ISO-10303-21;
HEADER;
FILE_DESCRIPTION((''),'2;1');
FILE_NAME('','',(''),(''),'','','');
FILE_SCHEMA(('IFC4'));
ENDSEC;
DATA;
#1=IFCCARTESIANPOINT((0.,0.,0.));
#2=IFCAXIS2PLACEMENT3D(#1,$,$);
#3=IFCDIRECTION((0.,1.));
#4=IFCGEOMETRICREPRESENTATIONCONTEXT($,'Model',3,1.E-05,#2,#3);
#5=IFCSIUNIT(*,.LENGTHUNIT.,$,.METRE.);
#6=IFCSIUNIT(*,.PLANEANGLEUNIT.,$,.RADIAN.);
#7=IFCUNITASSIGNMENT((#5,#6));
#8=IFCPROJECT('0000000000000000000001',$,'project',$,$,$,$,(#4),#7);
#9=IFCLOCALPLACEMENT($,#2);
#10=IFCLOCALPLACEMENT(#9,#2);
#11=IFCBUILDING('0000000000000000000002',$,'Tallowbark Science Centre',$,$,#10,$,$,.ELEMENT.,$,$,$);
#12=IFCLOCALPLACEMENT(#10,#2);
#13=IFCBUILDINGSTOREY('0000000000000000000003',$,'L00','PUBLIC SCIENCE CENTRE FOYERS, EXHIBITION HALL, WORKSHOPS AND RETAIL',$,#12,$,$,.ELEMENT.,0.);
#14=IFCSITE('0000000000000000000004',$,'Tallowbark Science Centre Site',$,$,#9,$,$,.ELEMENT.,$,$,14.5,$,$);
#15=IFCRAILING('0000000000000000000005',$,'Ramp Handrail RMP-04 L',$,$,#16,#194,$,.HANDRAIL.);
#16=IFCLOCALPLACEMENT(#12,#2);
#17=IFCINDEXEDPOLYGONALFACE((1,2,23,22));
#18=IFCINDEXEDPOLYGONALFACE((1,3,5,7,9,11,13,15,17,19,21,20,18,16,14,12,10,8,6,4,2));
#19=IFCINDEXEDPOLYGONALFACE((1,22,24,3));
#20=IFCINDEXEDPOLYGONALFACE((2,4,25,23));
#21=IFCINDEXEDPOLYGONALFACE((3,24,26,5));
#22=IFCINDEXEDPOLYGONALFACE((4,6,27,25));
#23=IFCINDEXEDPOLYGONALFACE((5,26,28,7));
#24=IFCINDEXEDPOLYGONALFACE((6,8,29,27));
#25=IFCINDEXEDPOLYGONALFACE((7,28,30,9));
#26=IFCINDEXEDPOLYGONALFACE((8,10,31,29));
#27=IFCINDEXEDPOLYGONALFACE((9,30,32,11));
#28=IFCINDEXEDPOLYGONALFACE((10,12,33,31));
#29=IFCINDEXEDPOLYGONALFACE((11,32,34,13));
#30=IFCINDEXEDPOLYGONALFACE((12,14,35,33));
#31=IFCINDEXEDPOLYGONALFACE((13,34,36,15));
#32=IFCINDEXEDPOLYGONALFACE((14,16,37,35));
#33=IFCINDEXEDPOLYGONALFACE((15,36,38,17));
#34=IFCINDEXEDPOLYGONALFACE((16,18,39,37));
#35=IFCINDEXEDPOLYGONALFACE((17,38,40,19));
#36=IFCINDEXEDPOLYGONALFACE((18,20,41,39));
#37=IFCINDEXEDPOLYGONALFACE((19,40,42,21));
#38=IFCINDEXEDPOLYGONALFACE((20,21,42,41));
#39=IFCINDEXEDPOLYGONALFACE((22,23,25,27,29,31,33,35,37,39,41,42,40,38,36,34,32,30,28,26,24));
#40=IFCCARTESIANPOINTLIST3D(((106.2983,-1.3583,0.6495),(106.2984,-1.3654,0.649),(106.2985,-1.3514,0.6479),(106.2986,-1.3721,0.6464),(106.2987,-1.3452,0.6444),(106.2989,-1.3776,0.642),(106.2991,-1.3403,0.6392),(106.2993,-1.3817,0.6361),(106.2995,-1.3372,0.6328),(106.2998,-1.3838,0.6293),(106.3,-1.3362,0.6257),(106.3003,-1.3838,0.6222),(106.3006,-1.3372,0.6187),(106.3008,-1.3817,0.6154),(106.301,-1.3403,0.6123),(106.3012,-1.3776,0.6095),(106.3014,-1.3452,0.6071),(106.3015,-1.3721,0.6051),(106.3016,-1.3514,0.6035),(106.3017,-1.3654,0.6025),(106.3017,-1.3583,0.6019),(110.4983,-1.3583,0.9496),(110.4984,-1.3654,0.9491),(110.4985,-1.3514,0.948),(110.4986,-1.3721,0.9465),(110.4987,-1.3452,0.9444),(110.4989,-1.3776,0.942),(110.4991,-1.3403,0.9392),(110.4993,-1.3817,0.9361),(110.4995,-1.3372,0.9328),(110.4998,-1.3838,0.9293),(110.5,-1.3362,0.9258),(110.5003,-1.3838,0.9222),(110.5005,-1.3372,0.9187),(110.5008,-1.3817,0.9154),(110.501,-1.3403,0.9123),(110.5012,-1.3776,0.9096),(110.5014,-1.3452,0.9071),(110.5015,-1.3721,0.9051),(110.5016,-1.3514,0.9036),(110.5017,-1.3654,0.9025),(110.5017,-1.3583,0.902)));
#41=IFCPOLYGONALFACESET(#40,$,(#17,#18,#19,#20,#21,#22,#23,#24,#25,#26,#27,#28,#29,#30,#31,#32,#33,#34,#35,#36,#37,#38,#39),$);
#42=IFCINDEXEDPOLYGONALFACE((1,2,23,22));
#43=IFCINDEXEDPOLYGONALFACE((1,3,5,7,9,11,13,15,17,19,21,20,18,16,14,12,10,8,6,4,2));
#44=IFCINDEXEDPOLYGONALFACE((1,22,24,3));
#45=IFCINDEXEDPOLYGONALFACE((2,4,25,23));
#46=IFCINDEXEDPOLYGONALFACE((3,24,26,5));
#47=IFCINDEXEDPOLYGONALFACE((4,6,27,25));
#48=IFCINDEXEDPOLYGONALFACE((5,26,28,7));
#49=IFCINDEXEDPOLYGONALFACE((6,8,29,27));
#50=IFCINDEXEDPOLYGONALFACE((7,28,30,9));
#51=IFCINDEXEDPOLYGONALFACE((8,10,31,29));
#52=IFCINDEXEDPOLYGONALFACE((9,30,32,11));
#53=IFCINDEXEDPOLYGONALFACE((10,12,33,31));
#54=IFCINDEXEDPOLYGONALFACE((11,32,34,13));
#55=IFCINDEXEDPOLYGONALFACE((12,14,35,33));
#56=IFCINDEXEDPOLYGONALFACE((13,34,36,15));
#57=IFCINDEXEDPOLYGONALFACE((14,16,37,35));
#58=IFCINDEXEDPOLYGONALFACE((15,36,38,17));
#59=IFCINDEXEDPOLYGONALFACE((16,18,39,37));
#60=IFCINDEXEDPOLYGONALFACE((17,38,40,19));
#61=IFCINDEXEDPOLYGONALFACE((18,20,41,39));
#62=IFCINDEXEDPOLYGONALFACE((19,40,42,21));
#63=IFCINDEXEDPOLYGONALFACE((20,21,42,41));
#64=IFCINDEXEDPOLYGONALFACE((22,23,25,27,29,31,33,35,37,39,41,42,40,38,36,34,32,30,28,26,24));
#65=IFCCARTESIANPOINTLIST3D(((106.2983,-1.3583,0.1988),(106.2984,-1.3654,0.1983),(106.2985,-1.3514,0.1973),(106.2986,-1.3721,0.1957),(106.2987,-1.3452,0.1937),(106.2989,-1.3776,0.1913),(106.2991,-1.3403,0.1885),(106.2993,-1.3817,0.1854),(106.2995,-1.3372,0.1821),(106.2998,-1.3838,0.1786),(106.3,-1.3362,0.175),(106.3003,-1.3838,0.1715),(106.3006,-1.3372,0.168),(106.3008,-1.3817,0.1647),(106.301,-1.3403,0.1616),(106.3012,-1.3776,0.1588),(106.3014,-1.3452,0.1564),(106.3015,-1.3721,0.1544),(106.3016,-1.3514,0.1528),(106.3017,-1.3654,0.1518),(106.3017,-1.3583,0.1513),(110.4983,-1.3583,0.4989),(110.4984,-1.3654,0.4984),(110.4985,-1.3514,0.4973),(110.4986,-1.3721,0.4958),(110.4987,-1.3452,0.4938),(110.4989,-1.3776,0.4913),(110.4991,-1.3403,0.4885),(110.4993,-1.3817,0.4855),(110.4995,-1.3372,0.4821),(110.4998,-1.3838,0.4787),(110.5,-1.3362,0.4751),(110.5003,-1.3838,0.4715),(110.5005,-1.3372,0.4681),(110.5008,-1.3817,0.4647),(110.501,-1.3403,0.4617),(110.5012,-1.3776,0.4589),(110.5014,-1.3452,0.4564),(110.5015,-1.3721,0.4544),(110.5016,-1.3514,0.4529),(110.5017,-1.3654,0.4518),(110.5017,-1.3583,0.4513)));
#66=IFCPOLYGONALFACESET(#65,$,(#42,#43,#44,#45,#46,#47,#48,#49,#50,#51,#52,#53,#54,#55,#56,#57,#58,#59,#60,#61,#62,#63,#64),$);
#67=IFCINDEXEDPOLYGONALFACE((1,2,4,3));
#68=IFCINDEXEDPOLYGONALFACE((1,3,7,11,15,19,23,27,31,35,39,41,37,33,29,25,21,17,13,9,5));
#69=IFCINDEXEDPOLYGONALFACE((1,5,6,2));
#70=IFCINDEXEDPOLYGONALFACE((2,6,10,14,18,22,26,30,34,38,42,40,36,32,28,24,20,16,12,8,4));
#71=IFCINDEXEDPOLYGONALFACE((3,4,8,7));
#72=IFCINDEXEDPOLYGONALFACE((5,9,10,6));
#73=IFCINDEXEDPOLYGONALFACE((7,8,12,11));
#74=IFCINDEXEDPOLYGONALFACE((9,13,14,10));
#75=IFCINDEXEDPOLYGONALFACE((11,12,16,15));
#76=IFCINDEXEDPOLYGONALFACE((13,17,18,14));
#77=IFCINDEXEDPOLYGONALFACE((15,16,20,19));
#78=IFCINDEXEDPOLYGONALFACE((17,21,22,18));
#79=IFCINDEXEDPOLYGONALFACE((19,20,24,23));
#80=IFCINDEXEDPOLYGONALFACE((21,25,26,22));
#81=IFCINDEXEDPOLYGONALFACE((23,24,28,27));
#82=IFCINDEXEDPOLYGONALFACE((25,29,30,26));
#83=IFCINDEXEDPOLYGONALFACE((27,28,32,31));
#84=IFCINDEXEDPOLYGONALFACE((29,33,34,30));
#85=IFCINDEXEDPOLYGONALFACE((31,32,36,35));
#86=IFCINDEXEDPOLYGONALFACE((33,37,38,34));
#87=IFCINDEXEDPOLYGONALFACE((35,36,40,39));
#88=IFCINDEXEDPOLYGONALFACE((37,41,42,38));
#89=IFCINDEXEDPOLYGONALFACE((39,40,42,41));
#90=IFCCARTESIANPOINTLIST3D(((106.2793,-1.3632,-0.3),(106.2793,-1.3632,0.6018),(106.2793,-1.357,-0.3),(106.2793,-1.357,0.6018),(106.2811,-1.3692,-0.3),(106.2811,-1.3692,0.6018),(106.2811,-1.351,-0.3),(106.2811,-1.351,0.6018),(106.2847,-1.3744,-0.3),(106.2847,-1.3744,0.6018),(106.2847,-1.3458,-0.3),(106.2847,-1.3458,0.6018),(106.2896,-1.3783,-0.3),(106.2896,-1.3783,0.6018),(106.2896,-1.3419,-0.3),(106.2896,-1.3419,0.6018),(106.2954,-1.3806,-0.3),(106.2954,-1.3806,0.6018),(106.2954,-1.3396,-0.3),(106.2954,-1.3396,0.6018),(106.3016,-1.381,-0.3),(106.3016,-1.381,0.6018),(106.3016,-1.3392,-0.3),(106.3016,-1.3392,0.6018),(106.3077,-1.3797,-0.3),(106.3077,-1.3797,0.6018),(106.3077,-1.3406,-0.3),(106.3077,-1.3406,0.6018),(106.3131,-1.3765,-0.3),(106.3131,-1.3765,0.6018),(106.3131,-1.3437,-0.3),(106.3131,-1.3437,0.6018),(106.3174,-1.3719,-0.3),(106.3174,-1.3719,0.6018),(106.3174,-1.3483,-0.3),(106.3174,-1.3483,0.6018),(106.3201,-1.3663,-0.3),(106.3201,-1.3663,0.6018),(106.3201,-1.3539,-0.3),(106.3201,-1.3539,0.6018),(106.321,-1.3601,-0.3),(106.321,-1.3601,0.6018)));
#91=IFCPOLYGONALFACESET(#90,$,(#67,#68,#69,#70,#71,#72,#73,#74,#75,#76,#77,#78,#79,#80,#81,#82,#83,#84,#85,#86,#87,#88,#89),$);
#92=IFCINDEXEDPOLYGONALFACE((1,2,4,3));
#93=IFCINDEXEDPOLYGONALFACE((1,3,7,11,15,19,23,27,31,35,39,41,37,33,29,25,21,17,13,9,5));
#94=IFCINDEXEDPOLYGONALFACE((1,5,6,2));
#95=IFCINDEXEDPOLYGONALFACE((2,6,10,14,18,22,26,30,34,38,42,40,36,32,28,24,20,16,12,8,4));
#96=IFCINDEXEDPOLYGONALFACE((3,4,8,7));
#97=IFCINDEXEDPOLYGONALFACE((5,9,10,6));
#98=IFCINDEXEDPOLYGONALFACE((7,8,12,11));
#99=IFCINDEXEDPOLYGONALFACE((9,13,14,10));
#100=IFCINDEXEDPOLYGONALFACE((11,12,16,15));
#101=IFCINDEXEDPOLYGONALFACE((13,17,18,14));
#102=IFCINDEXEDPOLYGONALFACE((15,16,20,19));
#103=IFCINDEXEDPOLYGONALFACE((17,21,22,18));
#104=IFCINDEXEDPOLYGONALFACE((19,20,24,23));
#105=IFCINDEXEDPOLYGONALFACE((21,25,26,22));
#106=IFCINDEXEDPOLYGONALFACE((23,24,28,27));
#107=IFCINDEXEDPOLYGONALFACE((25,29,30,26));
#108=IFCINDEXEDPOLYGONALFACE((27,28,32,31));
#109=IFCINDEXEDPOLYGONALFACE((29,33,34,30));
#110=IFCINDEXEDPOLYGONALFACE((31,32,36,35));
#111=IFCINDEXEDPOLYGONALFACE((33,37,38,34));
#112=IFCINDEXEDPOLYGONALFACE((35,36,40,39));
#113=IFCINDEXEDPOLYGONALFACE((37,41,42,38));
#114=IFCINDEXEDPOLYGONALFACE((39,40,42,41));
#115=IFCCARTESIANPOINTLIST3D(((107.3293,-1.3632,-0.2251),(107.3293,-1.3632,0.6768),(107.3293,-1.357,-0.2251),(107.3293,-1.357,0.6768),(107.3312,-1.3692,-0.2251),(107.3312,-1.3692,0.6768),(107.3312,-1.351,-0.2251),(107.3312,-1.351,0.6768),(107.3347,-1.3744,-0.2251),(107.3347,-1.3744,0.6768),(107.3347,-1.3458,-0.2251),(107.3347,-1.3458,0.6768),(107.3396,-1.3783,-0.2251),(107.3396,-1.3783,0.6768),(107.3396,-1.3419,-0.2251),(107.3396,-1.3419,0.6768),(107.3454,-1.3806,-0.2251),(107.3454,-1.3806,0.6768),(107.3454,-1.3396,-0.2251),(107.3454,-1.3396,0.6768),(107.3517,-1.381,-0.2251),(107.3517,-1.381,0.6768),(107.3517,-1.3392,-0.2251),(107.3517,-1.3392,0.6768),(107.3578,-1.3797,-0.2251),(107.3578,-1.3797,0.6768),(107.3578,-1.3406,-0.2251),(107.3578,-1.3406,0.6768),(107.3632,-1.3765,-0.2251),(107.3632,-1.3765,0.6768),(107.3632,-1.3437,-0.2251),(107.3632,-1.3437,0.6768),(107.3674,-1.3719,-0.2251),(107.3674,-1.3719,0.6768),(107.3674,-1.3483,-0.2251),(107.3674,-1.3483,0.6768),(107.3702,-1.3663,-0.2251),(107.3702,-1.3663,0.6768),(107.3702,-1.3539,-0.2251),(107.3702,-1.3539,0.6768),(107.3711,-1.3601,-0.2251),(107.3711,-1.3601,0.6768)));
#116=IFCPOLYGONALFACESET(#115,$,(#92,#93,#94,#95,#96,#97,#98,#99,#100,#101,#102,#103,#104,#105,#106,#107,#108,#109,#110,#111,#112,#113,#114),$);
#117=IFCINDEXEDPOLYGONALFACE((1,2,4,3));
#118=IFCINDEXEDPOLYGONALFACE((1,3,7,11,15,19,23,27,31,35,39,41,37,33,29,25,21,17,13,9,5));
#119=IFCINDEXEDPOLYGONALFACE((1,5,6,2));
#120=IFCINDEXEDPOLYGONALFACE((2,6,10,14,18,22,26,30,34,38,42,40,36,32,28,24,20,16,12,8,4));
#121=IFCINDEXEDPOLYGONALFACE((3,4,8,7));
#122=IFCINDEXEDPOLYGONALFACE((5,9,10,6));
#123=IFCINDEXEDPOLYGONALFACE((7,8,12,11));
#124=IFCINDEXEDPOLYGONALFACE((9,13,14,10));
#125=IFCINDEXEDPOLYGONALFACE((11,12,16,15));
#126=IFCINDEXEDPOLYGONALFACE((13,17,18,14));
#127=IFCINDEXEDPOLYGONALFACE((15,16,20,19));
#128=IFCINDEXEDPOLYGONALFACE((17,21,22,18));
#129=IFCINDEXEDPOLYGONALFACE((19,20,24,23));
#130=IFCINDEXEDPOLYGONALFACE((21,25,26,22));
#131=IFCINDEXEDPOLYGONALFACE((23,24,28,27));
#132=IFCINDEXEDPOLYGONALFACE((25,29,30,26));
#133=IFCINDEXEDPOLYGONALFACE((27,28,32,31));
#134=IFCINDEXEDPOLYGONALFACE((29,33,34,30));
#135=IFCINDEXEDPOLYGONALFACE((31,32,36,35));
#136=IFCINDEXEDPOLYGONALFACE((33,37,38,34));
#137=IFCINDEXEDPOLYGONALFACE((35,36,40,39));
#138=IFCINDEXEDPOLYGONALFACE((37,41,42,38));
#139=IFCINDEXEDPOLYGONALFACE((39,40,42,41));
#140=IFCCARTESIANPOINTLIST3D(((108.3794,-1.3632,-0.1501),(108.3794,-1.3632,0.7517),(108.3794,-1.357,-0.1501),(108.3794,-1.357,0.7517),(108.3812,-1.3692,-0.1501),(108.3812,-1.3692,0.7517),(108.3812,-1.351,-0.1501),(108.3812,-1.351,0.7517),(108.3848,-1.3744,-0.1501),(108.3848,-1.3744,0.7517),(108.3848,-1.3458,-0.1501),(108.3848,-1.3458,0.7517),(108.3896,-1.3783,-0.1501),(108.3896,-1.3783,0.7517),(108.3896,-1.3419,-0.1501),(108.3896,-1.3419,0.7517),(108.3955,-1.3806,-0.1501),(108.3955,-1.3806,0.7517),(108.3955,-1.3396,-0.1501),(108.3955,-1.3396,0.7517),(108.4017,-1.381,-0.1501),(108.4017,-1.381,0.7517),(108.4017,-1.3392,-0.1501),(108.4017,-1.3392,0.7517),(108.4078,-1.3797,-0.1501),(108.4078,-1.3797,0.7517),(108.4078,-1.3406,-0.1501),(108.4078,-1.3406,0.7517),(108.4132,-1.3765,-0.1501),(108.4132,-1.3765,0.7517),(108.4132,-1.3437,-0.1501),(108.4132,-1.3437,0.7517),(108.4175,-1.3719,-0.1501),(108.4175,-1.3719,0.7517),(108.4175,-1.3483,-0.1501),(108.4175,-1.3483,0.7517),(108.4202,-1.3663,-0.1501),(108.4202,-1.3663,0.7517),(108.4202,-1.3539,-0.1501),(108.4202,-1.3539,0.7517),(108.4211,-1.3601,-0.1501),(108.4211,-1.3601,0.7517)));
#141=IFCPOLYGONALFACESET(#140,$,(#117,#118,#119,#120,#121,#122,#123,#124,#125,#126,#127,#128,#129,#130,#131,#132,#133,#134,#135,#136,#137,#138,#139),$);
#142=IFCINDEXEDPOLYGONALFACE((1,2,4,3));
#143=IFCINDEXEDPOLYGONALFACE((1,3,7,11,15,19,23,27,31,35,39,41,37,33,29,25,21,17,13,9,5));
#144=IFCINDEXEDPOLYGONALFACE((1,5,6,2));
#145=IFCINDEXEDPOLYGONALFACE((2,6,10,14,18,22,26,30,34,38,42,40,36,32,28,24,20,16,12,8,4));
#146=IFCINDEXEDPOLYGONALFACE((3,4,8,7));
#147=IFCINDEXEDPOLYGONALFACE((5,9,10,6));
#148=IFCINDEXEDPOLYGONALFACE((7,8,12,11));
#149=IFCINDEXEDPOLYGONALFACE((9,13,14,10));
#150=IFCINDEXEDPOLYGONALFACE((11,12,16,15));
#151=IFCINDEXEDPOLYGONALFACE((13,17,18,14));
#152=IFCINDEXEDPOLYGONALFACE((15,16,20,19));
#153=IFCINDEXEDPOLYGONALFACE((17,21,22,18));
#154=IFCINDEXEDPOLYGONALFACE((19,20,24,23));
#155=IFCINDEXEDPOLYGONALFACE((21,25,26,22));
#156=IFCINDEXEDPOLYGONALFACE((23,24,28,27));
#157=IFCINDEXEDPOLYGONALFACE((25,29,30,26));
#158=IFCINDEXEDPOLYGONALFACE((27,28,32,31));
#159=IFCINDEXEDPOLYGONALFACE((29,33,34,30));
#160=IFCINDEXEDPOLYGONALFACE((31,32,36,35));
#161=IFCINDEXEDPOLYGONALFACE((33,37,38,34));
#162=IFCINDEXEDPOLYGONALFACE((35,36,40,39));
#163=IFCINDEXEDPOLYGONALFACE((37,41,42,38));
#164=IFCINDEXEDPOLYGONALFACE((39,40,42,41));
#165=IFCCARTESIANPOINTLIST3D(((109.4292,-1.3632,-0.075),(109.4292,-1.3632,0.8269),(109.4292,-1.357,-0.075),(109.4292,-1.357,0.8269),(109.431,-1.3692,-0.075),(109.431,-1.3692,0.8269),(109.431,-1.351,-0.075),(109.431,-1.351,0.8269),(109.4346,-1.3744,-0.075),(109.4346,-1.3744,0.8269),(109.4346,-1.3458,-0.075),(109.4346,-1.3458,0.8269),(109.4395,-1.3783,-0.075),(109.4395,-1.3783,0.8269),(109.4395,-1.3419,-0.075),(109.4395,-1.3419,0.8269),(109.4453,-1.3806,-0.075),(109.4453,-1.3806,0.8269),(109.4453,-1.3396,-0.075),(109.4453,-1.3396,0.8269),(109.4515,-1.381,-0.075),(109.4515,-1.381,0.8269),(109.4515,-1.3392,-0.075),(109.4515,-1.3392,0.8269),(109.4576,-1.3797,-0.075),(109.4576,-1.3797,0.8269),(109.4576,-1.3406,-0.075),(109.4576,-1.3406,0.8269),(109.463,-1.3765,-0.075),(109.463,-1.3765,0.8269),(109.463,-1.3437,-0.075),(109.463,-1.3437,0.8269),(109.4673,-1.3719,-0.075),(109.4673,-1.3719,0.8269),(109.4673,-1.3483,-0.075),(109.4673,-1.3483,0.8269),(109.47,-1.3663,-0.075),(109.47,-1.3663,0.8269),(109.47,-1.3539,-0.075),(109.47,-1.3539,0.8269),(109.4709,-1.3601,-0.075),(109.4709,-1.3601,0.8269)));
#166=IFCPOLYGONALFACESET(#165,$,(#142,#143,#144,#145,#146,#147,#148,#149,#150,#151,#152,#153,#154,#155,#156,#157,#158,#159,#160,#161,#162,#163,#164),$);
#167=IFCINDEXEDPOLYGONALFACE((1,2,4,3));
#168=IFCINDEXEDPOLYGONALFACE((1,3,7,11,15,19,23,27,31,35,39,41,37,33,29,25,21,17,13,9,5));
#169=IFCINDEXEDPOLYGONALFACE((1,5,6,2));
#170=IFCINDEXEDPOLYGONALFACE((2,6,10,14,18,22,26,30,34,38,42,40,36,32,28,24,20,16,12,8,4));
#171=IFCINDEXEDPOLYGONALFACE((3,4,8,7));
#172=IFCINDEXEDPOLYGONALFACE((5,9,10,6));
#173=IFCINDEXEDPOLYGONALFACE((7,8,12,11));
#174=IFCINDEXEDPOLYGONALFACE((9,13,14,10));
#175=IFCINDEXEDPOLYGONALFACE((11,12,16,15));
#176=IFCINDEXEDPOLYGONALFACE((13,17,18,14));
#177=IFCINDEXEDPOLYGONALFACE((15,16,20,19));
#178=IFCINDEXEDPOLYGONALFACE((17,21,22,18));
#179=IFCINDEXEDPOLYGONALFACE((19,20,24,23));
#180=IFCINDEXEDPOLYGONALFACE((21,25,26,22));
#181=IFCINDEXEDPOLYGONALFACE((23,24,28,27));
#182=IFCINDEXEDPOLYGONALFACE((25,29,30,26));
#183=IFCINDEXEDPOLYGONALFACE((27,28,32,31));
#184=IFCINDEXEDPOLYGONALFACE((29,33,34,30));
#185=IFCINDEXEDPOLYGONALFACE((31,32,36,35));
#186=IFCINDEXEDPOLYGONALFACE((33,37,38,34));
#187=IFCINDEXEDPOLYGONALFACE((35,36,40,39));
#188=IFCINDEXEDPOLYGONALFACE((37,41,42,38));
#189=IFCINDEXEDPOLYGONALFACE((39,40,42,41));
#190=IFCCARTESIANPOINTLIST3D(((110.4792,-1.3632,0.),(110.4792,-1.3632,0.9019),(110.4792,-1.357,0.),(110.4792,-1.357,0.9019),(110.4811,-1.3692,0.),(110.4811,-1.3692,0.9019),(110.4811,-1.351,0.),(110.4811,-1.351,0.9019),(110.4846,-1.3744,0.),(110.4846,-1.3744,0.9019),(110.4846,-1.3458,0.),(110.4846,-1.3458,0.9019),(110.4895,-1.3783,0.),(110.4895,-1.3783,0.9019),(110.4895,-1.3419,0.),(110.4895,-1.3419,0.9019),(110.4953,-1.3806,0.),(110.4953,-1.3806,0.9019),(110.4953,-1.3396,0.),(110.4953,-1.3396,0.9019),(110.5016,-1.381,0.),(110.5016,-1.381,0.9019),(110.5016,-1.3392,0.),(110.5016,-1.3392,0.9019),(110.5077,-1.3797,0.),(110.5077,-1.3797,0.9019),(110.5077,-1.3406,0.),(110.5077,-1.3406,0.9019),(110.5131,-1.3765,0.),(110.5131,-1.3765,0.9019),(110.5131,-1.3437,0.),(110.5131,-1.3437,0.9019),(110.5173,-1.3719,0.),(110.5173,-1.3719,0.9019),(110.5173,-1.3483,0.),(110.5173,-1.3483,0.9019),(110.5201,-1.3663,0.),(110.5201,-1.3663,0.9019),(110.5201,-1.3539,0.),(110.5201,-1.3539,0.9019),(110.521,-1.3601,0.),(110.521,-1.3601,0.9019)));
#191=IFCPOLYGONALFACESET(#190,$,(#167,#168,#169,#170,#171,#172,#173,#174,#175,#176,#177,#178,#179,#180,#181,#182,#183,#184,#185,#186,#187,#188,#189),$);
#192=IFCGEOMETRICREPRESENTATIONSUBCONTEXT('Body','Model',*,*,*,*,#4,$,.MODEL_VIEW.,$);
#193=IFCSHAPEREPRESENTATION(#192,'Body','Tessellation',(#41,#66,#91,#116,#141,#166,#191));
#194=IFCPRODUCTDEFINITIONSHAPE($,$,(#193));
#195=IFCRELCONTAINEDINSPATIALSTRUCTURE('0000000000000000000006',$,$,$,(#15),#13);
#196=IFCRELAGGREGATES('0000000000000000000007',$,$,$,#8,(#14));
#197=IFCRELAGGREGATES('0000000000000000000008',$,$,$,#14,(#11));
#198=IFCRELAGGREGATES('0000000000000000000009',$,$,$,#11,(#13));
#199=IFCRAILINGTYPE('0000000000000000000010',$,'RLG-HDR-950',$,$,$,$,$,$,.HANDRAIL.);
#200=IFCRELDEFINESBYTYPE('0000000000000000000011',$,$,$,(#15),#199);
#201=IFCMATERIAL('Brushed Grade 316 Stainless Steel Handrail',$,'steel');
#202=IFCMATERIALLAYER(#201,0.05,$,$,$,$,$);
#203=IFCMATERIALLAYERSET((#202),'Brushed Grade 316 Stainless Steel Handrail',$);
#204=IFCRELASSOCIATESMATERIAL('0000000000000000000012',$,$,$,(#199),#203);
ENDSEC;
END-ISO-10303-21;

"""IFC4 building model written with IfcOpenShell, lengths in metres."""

from ifc_helpers import new_model, si_unit, direction, frame, origin, origin_2d, place, context, subcontext, project, spatial, circle, extrude, material, layer, layer_set, type_object, element, save


model = new_model("IFC4")

# Units and contexts
model_context = context("Model", 3, precision=1e-05, world=origin(), true_north=direction((0.0, 1.0)))
body_context = subcontext(model_context, "Body", "Model", "MODEL_VIEW")
ifc_project = project(units=[si_unit("LENGTHUNIT", "METRE"), si_unit("PLANEANGLEUNIT", "RADIAN")], contexts=[model_context])

# Site, building, storey
site_placement = place(None, origin())
site = spatial("IfcSite", under=ifc_project, at=site_placement, Name="Tallowbark Science Centre Site", CompositionType="ELEMENT", RefElevation=14.5)
building_placement = place(site_placement, origin())
building = spatial("IfcBuilding", under=site, at=building_placement, Name="Tallowbark Science Centre", CompositionType="ELEMENT")
storey_placement = place(building_placement, origin())
storey = spatial("IfcBuildingStorey", under=building, at=storey_placement, Name="L00", Description="PUBLIC SCIENCE CENTRE FOYERS, EXHIBITION HALL, WORKSHOPS AND RETAIL", CompositionType="ELEMENT", Elevation=0.0)

# Railing
ifc_material_1 = material(Name="Brushed Grade 316 Stainless Steel Handrail", Category="steel")
ifc_layer_1 = layer(ifc_material_1, 0.05)
ifc_layer_set_1 = layer_set([ifc_layer_1], Name="Brushed Grade 316 Stainless Steel Handrail")
railing_type = type_object("IfcRailingType", Name="RLG-HDR-950", PredefinedType="HANDRAIL", material=ifc_layer_set_1)
for number, where, name in (
    (1, (106.3, -1.3601, -0.3), "Ramp Handrail RMP-04 L"),
):
    element("IfcRailing", number, at=place(storey_placement, frame(where)), inside=storey, type_object=railing_type, Name=name, PredefinedType="HANDRAIL", context=body_context, shape_type="SweptSolid", body=[
        extrude(circle(Radius=0.0239, at=origin_2d()), frame((0.0, 0.0, 0.9258), z_axis=(0.997458, 0.0, 0.071259), x_axis=(0.0, 1.0, 0.0)), (0.0, 0.0, 1.0), 4.2107),
        extrude(circle(Radius=0.0239, at=origin_2d()), frame((0.0, 0.0, 0.4751), z_axis=(0.997458, 0.0, 0.071259), x_axis=(0.0, 1.0, 0.0)), (0.0, 0.0, 1.0), 4.2107),
        extrude(circle(Radius=0.021, at=origin_2d()), origin(), (0.0, 0.0, 1.0), 0.9019),
        extrude(circle(Radius=0.021, at=origin_2d()), frame((1.05, 0.0, 0.075)), (0.0, 0.0, 1.0), 0.9019),
        extrude(circle(Radius=0.021, at=origin_2d()), frame((2.1001, 0.0, 0.1499)), (0.0, 0.0, 1.0), 0.9019),
        extrude(circle(Radius=0.021, at=origin_2d()), frame((3.1499, 0.0, 0.2251)), (0.0, 0.0, 1.0), 0.9019),
        extrude(circle(Radius=0.021, at=origin_2d()), frame((4.2, 0.0, 0.3)), (0.0, 0.0, 1.0), 0.9019),
    ])

save(model, "model.ifc")
